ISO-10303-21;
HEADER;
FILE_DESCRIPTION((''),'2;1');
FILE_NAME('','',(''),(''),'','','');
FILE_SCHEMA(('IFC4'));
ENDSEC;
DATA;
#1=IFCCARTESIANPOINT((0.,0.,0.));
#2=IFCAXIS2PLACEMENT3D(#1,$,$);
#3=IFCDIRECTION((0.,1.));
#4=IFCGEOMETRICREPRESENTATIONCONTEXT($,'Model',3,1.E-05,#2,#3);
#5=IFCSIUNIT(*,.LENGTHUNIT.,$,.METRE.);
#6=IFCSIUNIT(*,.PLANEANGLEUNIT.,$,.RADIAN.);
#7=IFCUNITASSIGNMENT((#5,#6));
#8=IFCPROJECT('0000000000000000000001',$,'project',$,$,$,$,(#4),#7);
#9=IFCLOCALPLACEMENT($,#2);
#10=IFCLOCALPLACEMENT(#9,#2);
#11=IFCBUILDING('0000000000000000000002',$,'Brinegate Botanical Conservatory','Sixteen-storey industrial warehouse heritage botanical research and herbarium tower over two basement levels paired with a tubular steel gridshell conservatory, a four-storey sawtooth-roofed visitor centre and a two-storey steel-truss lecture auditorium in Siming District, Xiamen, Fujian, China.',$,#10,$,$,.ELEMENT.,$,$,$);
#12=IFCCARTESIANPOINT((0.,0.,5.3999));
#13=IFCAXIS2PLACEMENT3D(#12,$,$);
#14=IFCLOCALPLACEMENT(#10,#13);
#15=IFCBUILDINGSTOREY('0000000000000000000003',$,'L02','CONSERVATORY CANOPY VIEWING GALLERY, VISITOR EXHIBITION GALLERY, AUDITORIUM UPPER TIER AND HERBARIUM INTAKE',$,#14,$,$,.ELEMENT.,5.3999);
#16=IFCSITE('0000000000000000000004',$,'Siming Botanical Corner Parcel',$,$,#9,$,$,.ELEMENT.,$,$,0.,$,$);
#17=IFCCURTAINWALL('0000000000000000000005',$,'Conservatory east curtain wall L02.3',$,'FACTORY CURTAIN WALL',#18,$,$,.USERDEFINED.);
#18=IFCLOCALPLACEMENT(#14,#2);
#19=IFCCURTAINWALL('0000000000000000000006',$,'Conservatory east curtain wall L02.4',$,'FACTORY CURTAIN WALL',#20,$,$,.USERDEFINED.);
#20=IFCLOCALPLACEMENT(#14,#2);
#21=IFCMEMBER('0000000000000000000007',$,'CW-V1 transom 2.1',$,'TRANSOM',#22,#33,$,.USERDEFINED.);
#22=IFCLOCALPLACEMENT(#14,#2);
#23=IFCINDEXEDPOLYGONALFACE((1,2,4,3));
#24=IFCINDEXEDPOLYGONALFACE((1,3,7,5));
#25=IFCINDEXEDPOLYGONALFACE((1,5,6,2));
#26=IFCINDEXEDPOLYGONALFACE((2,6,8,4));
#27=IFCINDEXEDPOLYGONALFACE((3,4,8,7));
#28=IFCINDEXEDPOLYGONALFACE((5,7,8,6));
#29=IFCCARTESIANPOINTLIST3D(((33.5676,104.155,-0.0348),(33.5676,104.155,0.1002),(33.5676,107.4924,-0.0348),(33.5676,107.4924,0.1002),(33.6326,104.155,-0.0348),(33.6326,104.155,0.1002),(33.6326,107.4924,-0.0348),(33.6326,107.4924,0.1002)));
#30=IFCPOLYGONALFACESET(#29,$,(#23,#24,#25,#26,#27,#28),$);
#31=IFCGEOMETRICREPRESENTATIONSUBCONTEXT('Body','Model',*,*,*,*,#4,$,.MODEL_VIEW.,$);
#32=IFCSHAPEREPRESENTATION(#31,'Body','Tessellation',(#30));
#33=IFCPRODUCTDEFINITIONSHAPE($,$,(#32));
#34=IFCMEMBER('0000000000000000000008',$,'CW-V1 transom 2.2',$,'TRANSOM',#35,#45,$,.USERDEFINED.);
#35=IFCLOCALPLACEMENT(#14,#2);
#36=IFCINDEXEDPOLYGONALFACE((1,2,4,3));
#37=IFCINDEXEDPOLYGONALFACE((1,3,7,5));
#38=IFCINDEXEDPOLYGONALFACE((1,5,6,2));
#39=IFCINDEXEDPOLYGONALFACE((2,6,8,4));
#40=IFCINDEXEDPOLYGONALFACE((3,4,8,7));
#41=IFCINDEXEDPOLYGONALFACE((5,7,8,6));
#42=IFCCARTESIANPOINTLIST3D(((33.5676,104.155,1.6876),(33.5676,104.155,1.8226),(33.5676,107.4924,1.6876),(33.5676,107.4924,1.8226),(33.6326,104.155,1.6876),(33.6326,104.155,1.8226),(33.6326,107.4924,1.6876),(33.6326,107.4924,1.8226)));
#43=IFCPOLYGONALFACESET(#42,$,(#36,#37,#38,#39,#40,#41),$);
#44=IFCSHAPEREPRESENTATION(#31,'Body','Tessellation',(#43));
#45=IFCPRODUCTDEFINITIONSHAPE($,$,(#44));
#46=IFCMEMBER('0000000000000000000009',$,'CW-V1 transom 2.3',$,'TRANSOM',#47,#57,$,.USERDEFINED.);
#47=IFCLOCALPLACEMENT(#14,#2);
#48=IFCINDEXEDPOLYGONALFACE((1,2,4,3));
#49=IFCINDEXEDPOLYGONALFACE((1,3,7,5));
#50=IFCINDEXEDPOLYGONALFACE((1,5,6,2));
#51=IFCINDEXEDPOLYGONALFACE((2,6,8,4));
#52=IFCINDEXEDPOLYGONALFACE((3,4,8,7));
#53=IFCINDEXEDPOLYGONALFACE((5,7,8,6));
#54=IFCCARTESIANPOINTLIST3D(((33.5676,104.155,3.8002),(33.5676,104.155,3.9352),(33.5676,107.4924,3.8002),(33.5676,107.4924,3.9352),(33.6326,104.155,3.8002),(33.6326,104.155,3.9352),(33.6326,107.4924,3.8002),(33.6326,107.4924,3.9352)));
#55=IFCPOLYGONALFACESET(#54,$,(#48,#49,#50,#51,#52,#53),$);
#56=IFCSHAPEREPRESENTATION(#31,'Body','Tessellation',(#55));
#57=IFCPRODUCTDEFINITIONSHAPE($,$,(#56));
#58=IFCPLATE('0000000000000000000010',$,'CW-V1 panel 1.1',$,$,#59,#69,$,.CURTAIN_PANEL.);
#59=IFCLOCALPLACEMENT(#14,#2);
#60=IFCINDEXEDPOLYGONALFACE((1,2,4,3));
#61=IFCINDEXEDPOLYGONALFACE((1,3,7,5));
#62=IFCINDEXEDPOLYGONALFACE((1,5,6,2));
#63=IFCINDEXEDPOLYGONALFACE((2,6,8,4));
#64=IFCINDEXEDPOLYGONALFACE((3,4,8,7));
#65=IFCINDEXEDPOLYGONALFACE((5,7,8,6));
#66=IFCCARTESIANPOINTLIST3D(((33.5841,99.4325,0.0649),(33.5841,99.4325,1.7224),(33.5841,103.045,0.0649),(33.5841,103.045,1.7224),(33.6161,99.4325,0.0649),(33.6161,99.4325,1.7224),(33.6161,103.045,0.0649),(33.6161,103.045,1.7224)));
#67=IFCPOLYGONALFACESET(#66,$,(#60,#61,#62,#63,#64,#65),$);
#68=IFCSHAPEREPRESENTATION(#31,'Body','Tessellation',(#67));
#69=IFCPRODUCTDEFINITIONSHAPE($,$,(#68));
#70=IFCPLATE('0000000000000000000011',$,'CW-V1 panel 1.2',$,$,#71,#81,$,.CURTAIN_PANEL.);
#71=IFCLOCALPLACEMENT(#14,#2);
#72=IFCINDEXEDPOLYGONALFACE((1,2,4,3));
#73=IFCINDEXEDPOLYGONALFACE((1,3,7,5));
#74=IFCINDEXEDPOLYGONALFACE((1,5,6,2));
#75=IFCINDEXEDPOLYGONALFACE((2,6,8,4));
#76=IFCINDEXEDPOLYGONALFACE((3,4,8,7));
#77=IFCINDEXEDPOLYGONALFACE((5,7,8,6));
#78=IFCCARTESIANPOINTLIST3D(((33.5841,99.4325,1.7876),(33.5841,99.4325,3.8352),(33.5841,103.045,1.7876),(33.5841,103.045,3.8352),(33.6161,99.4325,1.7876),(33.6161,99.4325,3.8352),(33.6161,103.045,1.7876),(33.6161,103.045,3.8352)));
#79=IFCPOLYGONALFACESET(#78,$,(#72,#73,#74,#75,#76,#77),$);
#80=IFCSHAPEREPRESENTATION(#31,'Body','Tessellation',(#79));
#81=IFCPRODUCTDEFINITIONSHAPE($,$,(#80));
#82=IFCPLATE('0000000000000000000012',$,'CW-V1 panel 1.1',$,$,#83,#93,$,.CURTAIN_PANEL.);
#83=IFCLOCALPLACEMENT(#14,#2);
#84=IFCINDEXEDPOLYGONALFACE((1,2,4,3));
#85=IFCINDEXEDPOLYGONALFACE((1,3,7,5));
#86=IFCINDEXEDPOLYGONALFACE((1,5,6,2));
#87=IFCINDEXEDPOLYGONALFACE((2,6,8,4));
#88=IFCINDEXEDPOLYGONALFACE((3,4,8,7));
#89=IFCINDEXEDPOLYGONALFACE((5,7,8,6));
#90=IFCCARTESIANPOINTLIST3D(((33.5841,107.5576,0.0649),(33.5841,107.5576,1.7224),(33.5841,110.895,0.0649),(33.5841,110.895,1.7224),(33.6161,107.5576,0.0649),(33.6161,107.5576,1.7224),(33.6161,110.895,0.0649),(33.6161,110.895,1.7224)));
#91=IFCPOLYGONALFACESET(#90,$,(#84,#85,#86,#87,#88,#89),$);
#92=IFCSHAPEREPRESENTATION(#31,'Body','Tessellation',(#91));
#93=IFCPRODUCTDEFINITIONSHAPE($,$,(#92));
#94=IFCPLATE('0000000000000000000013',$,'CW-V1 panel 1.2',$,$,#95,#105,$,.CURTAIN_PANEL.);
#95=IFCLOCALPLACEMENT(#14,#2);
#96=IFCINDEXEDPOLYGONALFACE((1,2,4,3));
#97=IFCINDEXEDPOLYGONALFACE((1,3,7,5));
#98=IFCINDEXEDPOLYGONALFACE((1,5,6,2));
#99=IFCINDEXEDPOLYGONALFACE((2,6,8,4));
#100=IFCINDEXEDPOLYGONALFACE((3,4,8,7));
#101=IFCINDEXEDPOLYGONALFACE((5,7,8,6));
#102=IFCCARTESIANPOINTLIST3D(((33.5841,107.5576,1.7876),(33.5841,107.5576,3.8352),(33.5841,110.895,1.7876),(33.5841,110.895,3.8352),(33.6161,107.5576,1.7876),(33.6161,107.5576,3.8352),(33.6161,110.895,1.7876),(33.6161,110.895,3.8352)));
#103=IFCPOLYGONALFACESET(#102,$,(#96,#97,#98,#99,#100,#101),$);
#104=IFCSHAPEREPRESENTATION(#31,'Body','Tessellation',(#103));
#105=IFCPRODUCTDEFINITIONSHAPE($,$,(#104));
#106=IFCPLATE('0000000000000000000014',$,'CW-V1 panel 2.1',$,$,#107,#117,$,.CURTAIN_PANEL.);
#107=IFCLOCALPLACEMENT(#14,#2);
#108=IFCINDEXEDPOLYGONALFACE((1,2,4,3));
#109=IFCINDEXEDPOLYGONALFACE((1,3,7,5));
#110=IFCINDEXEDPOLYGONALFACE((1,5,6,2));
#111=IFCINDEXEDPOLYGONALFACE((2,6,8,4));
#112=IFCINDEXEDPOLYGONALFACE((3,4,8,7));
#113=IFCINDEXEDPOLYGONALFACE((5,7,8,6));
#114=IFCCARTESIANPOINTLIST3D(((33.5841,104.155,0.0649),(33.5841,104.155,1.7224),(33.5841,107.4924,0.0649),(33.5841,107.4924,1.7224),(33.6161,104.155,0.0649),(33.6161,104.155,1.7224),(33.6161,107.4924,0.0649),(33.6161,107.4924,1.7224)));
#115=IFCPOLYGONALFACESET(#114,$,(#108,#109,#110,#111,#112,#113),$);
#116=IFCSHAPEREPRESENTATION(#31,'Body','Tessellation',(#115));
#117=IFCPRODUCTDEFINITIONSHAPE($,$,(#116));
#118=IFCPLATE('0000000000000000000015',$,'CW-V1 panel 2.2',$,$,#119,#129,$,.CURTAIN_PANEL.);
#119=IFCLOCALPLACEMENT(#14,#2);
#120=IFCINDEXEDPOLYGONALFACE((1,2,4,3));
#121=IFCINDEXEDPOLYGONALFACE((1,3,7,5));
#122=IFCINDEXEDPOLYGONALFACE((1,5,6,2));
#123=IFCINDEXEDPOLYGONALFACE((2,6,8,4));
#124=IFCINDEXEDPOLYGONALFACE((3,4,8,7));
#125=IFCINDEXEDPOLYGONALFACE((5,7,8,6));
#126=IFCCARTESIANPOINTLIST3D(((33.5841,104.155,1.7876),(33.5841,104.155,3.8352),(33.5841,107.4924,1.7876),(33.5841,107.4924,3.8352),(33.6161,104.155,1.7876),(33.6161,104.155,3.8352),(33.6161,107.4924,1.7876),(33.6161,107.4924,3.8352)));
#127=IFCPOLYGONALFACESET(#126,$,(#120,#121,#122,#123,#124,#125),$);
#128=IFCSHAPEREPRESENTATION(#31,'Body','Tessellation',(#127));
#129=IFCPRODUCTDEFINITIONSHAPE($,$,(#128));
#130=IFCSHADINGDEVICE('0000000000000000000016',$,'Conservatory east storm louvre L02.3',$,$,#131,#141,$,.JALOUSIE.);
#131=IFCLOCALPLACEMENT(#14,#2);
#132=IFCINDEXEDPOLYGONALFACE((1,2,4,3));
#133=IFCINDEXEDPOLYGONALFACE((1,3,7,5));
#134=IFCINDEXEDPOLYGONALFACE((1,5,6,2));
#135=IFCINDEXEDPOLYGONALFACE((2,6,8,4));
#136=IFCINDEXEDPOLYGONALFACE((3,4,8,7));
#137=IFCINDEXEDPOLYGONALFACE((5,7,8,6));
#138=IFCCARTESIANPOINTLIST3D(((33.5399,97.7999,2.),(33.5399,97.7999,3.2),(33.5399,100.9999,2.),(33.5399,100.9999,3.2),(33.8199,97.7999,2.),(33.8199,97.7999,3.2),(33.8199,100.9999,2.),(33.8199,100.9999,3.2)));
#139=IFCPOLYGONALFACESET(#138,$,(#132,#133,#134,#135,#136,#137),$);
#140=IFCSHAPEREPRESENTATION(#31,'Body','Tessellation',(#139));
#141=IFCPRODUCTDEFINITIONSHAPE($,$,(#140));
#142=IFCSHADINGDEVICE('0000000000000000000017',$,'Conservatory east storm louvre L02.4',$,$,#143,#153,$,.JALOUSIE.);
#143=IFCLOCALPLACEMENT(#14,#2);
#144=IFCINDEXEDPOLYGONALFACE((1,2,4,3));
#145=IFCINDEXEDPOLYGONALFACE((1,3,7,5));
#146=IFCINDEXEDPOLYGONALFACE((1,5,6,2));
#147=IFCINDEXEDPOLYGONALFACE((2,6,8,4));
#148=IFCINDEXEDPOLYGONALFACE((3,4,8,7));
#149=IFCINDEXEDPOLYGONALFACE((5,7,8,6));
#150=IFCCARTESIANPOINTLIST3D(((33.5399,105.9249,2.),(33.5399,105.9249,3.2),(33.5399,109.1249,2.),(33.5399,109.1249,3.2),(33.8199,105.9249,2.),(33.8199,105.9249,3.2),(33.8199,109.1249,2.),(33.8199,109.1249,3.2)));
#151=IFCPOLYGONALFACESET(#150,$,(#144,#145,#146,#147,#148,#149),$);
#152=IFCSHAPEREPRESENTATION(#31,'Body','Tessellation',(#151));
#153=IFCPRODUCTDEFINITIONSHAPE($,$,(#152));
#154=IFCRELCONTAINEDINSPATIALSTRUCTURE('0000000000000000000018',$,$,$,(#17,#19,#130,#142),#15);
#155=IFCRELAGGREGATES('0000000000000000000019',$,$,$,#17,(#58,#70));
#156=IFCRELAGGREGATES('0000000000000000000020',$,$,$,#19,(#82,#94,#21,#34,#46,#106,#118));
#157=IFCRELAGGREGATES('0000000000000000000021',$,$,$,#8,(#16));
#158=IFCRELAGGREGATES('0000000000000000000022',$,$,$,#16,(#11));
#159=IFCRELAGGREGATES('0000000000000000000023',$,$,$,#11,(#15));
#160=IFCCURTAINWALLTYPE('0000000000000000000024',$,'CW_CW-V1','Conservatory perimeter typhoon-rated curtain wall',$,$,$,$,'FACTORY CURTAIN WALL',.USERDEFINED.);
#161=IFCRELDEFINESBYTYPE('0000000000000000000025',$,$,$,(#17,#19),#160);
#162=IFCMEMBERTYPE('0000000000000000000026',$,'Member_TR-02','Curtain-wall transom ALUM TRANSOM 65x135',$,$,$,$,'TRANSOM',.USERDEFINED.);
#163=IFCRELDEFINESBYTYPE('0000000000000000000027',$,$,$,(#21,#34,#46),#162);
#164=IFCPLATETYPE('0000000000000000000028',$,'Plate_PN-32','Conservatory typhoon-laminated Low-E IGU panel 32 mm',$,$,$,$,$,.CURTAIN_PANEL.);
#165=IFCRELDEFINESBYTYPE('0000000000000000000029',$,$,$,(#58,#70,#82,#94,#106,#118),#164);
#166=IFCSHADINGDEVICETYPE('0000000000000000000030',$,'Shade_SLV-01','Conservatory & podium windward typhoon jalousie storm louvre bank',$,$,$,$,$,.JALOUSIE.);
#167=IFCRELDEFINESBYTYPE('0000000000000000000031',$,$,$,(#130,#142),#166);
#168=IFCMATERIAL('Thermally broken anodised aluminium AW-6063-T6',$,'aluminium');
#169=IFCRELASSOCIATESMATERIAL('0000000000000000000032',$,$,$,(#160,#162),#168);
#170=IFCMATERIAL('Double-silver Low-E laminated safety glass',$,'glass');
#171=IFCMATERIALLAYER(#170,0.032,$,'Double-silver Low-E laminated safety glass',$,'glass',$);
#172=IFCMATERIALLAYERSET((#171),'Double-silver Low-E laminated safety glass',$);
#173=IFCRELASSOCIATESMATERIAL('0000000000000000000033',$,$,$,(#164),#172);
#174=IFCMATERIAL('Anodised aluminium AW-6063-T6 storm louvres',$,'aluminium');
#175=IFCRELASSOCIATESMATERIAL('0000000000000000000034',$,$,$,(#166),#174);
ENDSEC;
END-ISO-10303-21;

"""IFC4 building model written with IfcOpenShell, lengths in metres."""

from ifc_helpers import new_model, si_unit, direction, frame, origin, origin_2d, place, context, subcontext, project, spatial, rectangle, extrude, material, layer, layer_set, material_profile, profile_set, type_object, element, aggregate, save


model = new_model("IFC4")

# Units and contexts
model_context = context("Model", 3, precision=1e-05, world=origin(), true_north=direction((0.0, 1.0)))
body_context = subcontext(model_context, "Body", "Model", "MODEL_VIEW")
ifc_project = project(units=[si_unit("LENGTHUNIT", "METRE"), si_unit("PLANEANGLEUNIT", "RADIAN")], contexts=[model_context])

# Site, building, storey
site_placement = place(None, origin())
site = spatial("IfcSite", under=ifc_project, at=site_placement, Name="Siming Botanical Corner Parcel", CompositionType="ELEMENT", RefElevation=0.0)
building_placement = place(site_placement, origin())
building = spatial("IfcBuilding", under=site, at=building_placement, Name="Brinegate Botanical Conservatory", Description="Sixteen-storey industrial warehouse heritage botanical research and herbarium tower over two basement levels paired with a tubular steel gridshell conservatory, a four-storey sawtooth-roofed visitor centre and a two-storey steel-truss lecture auditorium in Siming District, Xiamen, Fujian, China.", CompositionType="ELEMENT")
storey_placement = place(building_placement, frame((0.0, 0.0, 5.3999)))
storey = spatial("IfcBuildingStorey", under=building, at=storey_placement, Name="L02", Description="CONSERVATORY CANOPY VIEWING GALLERY, VISITOR EXHIBITION GALLERY, AUDITORIUM UPPER TIER AND HERBARIUM INTAKE", CompositionType="ELEMENT", Elevation=5.3999)

# Curtain wall
ifc_material_1 = material(Name="Thermally broken anodised aluminium AW-6063-T6", Category="aluminium")
curtain_wall_type_1 = type_object("IfcCurtainWallType", Name="CW_CW-V1", Description="Conservatory perimeter typhoon-rated curtain wall", ElementType="FACTORY CURTAIN WALL", PredefinedType="USERDEFINED", material=ifc_material_1)
curtain_wall_1_placement = place(storey_placement, origin())
curtain_wall_1 = element("IfcCurtainWall", 1, at=curtain_wall_1_placement, inside=storey, type_object=curtain_wall_type_1, Name="Conservatory east curtain wall L02.3", ObjectType="FACTORY CURTAIN WALL", PredefinedType="USERDEFINED")

# Curtain wall
curtain_wall_2_placement = place(storey_placement, origin())
curtain_wall_2 = element("IfcCurtainWall", 2, at=curtain_wall_2_placement, inside=storey, type_object=curtain_wall_type_1, Name="Conservatory east curtain wall L02.4", ObjectType="FACTORY CURTAIN WALL", PredefinedType="USERDEFINED")

# Members
ifc_material_profile_1 = material_profile(ifc_material_1, rectangle(XDim=0.0649, YDim=0.135, at=origin_2d()), Name="ALUM TRANSOM 65x135")
ifc_profile_set_1 = profile_set([ifc_material_profile_1], Name="Thermally broken anodised aluminium AW-6063-T6")
member_type_1 = type_object("IfcMemberType", Name="Member_TR-02", Description="Curtain-wall transom ALUM TRANSOM 65x135", ElementType="TRANSOM", PredefinedType="USERDEFINED", material=ifc_profile_set_1)
member_1_placement = place(storey_placement, frame((33.6001, 107.4924, 0.0327), z_axis=(0.0, -1.0, 0.0), x_axis=(1.0, 0.0, 0.0)))
member_1 = element("IfcMember", 3, at=member_1_placement, type_object=member_type_1, Name="CW-V1 transom 2.1", ObjectType="TRANSOM", PredefinedType="USERDEFINED", context=body_context, shape_type="SweptSolid", body=[
    extrude(rectangle(XDim=0.0649, YDim=0.135, at=origin_2d()), origin(), (0.0, 0.0, 1.0), 3.3374),
])
member_2_placement = place(storey_placement, frame((33.6001, 107.4924, 1.7551), z_axis=(0.0, -1.0, 0.0), x_axis=(1.0, 0.0, 0.0)))
member_2 = element("IfcMember", 4, at=member_2_placement, type_object=member_type_1, Name="CW-V1 transom 2.2", ObjectType="TRANSOM", PredefinedType="USERDEFINED", context=body_context, shape_type="SweptSolid", body=[
    extrude(rectangle(XDim=0.0649, YDim=0.135, at=origin_2d()), origin(), (0.0, 0.0, 1.0), 3.3374),
])
member_3_placement = place(storey_placement, frame((33.6001, 107.4924, 3.8677), z_axis=(0.0, -1.0, 0.0), x_axis=(1.0, 0.0, 0.0)))
member_3 = element("IfcMember", 5, at=member_3_placement, type_object=member_type_1, Name="CW-V1 transom 2.3", ObjectType="TRANSOM", PredefinedType="USERDEFINED", context=body_context, shape_type="SweptSolid", body=[
    extrude(rectangle(XDim=0.0649, YDim=0.135, at=origin_2d()), origin(), (0.0, 0.0, 1.0), 3.3374),
])

# Plates
ifc_material_2 = material(Name="Double-silver Low-E laminated safety glass", Category="glass")
ifc_layer = layer(ifc_material_2, 0.032, Name="Double-silver Low-E laminated safety glass", Category="glass")
ifc_layer_set = layer_set([ifc_layer], Name="Double-silver Low-E laminated safety glass")
plate_type = type_object("IfcPlateType", Name="Plate_PN-32", Description="Conservatory typhoon-laminated Low-E IGU panel 32 mm", PredefinedType="CURTAIN_PANEL", material=ifc_layer_set)
plate_1_placement = place(storey_placement, frame((33.6001, 101.2388, 0.0649), z_axis=(0.0, 0.0, 1.0), x_axis=(0.0, -1.0, 0.0)))
plate_1 = element("IfcPlate", 6, at=plate_1_placement, type_object=plate_type, Name="CW-V1 panel 1.1", PredefinedType="CURTAIN_PANEL", context=body_context, shape_type="SweptSolid", body=[
    extrude(rectangle(XDim=3.6125, YDim=0.032, at=origin_2d()), origin(), (0.0, 0.0, 1.0), 1.6575),
])
plate_2_placement = place(storey_placement, frame((33.6001, 101.2388, 1.7876), z_axis=(0.0, 0.0, 1.0), x_axis=(0.0, -1.0, 0.0)))
plate_2 = element("IfcPlate", 7, at=plate_2_placement, type_object=plate_type, Name="CW-V1 panel 1.2", PredefinedType="CURTAIN_PANEL", context=body_context, shape_type="SweptSolid", body=[
    extrude(rectangle(XDim=3.6125, YDim=0.032, at=origin_2d()), origin(), (0.0, 0.0, 1.0), 2.0476),
])
aggregate(curtain_wall_1, [plate_1, plate_2])
plate_3_placement = place(storey_placement, frame((33.6001, 109.2263, 0.0649), z_axis=(0.0, 0.0, 1.0), x_axis=(0.0, -1.0, 0.0)))
plate_3 = element("IfcPlate", 8, at=plate_3_placement, type_object=plate_type, Name="CW-V1 panel 1.1", PredefinedType="CURTAIN_PANEL", context=body_context, shape_type="SweptSolid", body=[
    extrude(rectangle(XDim=3.3374, YDim=0.032, at=origin_2d()), origin(), (0.0, 0.0, 1.0), 1.6575),
])
plate_4_placement = place(storey_placement, frame((33.6001, 109.2263, 1.7876), z_axis=(0.0, 0.0, 1.0), x_axis=(0.0, -1.0, 0.0)))
plate_4 = element("IfcPlate", 9, at=plate_4_placement, type_object=plate_type, Name="CW-V1 panel 1.2", PredefinedType="CURTAIN_PANEL", context=body_context, shape_type="SweptSolid", body=[
    extrude(rectangle(XDim=3.3374, YDim=0.032, at=origin_2d()), origin(), (0.0, 0.0, 1.0), 2.0476),
])
plate_5_placement = place(storey_placement, frame((33.6001, 105.8237, 0.0649), z_axis=(0.0, 0.0, 1.0), x_axis=(0.0, -1.0, 0.0)))
plate_5 = element("IfcPlate", 10, at=plate_5_placement, type_object=plate_type, Name="CW-V1 panel 2.1", PredefinedType="CURTAIN_PANEL", context=body_context, shape_type="SweptSolid", body=[
    extrude(rectangle(XDim=3.3374, YDim=0.032, at=origin_2d()), origin(), (0.0, 0.0, 1.0), 1.6575),
])
plate_6_placement = place(storey_placement, frame((33.6001, 105.8237, 1.7876), z_axis=(0.0, 0.0, 1.0), x_axis=(0.0, -1.0, 0.0)))
plate_6 = element("IfcPlate", 11, at=plate_6_placement, type_object=plate_type, Name="CW-V1 panel 2.2", PredefinedType="CURTAIN_PANEL", context=body_context, shape_type="SweptSolid", body=[
    extrude(rectangle(XDim=3.3374, YDim=0.032, at=origin_2d()), origin(), (0.0, 0.0, 1.0), 2.0476),
])
aggregate(curtain_wall_2, [plate_3, plate_4, member_1, member_2, member_3, plate_5, plate_6])

# Shading devices
ifc_material_3 = material(Name="Anodised aluminium AW-6063-T6 storm louvres", Category="aluminium")
shading_device_type = type_object("IfcShadingDeviceType", Name="Shade_SLV-01", Description="Conservatory & podium windward typhoon jalousie storm louvre bank", PredefinedType="JALOUSIE", material=ifc_material_3)
for number, where, z_axis, x_axis, name in (
    (12, (33.6799, 99.3999, 2.0), (0.0, 0.0, 1.0), (1.0, 0.0, 0.0), "Conservatory east storm louvre L02.3"),
    (13, (33.6799, 107.5249, 2.0), (0.0, 0.0, 1.0), (1.0, 0.0, 0.0), "Conservatory east storm louvre L02.4"),
):
    element("IfcShadingDevice", number, at=place(storey_placement, frame(where, z_axis=z_axis, x_axis=x_axis)), inside=storey, type_object=shading_device_type, Name=name, PredefinedType="JALOUSIE", context=body_context, shape_type="SweptSolid", body=[
        extrude(rectangle(XDim=0.28, YDim=3.2, at=origin_2d()), origin(), (0.0, 0.0, 1.0), 1.2),
    ])

save(model, "model.ifc")
